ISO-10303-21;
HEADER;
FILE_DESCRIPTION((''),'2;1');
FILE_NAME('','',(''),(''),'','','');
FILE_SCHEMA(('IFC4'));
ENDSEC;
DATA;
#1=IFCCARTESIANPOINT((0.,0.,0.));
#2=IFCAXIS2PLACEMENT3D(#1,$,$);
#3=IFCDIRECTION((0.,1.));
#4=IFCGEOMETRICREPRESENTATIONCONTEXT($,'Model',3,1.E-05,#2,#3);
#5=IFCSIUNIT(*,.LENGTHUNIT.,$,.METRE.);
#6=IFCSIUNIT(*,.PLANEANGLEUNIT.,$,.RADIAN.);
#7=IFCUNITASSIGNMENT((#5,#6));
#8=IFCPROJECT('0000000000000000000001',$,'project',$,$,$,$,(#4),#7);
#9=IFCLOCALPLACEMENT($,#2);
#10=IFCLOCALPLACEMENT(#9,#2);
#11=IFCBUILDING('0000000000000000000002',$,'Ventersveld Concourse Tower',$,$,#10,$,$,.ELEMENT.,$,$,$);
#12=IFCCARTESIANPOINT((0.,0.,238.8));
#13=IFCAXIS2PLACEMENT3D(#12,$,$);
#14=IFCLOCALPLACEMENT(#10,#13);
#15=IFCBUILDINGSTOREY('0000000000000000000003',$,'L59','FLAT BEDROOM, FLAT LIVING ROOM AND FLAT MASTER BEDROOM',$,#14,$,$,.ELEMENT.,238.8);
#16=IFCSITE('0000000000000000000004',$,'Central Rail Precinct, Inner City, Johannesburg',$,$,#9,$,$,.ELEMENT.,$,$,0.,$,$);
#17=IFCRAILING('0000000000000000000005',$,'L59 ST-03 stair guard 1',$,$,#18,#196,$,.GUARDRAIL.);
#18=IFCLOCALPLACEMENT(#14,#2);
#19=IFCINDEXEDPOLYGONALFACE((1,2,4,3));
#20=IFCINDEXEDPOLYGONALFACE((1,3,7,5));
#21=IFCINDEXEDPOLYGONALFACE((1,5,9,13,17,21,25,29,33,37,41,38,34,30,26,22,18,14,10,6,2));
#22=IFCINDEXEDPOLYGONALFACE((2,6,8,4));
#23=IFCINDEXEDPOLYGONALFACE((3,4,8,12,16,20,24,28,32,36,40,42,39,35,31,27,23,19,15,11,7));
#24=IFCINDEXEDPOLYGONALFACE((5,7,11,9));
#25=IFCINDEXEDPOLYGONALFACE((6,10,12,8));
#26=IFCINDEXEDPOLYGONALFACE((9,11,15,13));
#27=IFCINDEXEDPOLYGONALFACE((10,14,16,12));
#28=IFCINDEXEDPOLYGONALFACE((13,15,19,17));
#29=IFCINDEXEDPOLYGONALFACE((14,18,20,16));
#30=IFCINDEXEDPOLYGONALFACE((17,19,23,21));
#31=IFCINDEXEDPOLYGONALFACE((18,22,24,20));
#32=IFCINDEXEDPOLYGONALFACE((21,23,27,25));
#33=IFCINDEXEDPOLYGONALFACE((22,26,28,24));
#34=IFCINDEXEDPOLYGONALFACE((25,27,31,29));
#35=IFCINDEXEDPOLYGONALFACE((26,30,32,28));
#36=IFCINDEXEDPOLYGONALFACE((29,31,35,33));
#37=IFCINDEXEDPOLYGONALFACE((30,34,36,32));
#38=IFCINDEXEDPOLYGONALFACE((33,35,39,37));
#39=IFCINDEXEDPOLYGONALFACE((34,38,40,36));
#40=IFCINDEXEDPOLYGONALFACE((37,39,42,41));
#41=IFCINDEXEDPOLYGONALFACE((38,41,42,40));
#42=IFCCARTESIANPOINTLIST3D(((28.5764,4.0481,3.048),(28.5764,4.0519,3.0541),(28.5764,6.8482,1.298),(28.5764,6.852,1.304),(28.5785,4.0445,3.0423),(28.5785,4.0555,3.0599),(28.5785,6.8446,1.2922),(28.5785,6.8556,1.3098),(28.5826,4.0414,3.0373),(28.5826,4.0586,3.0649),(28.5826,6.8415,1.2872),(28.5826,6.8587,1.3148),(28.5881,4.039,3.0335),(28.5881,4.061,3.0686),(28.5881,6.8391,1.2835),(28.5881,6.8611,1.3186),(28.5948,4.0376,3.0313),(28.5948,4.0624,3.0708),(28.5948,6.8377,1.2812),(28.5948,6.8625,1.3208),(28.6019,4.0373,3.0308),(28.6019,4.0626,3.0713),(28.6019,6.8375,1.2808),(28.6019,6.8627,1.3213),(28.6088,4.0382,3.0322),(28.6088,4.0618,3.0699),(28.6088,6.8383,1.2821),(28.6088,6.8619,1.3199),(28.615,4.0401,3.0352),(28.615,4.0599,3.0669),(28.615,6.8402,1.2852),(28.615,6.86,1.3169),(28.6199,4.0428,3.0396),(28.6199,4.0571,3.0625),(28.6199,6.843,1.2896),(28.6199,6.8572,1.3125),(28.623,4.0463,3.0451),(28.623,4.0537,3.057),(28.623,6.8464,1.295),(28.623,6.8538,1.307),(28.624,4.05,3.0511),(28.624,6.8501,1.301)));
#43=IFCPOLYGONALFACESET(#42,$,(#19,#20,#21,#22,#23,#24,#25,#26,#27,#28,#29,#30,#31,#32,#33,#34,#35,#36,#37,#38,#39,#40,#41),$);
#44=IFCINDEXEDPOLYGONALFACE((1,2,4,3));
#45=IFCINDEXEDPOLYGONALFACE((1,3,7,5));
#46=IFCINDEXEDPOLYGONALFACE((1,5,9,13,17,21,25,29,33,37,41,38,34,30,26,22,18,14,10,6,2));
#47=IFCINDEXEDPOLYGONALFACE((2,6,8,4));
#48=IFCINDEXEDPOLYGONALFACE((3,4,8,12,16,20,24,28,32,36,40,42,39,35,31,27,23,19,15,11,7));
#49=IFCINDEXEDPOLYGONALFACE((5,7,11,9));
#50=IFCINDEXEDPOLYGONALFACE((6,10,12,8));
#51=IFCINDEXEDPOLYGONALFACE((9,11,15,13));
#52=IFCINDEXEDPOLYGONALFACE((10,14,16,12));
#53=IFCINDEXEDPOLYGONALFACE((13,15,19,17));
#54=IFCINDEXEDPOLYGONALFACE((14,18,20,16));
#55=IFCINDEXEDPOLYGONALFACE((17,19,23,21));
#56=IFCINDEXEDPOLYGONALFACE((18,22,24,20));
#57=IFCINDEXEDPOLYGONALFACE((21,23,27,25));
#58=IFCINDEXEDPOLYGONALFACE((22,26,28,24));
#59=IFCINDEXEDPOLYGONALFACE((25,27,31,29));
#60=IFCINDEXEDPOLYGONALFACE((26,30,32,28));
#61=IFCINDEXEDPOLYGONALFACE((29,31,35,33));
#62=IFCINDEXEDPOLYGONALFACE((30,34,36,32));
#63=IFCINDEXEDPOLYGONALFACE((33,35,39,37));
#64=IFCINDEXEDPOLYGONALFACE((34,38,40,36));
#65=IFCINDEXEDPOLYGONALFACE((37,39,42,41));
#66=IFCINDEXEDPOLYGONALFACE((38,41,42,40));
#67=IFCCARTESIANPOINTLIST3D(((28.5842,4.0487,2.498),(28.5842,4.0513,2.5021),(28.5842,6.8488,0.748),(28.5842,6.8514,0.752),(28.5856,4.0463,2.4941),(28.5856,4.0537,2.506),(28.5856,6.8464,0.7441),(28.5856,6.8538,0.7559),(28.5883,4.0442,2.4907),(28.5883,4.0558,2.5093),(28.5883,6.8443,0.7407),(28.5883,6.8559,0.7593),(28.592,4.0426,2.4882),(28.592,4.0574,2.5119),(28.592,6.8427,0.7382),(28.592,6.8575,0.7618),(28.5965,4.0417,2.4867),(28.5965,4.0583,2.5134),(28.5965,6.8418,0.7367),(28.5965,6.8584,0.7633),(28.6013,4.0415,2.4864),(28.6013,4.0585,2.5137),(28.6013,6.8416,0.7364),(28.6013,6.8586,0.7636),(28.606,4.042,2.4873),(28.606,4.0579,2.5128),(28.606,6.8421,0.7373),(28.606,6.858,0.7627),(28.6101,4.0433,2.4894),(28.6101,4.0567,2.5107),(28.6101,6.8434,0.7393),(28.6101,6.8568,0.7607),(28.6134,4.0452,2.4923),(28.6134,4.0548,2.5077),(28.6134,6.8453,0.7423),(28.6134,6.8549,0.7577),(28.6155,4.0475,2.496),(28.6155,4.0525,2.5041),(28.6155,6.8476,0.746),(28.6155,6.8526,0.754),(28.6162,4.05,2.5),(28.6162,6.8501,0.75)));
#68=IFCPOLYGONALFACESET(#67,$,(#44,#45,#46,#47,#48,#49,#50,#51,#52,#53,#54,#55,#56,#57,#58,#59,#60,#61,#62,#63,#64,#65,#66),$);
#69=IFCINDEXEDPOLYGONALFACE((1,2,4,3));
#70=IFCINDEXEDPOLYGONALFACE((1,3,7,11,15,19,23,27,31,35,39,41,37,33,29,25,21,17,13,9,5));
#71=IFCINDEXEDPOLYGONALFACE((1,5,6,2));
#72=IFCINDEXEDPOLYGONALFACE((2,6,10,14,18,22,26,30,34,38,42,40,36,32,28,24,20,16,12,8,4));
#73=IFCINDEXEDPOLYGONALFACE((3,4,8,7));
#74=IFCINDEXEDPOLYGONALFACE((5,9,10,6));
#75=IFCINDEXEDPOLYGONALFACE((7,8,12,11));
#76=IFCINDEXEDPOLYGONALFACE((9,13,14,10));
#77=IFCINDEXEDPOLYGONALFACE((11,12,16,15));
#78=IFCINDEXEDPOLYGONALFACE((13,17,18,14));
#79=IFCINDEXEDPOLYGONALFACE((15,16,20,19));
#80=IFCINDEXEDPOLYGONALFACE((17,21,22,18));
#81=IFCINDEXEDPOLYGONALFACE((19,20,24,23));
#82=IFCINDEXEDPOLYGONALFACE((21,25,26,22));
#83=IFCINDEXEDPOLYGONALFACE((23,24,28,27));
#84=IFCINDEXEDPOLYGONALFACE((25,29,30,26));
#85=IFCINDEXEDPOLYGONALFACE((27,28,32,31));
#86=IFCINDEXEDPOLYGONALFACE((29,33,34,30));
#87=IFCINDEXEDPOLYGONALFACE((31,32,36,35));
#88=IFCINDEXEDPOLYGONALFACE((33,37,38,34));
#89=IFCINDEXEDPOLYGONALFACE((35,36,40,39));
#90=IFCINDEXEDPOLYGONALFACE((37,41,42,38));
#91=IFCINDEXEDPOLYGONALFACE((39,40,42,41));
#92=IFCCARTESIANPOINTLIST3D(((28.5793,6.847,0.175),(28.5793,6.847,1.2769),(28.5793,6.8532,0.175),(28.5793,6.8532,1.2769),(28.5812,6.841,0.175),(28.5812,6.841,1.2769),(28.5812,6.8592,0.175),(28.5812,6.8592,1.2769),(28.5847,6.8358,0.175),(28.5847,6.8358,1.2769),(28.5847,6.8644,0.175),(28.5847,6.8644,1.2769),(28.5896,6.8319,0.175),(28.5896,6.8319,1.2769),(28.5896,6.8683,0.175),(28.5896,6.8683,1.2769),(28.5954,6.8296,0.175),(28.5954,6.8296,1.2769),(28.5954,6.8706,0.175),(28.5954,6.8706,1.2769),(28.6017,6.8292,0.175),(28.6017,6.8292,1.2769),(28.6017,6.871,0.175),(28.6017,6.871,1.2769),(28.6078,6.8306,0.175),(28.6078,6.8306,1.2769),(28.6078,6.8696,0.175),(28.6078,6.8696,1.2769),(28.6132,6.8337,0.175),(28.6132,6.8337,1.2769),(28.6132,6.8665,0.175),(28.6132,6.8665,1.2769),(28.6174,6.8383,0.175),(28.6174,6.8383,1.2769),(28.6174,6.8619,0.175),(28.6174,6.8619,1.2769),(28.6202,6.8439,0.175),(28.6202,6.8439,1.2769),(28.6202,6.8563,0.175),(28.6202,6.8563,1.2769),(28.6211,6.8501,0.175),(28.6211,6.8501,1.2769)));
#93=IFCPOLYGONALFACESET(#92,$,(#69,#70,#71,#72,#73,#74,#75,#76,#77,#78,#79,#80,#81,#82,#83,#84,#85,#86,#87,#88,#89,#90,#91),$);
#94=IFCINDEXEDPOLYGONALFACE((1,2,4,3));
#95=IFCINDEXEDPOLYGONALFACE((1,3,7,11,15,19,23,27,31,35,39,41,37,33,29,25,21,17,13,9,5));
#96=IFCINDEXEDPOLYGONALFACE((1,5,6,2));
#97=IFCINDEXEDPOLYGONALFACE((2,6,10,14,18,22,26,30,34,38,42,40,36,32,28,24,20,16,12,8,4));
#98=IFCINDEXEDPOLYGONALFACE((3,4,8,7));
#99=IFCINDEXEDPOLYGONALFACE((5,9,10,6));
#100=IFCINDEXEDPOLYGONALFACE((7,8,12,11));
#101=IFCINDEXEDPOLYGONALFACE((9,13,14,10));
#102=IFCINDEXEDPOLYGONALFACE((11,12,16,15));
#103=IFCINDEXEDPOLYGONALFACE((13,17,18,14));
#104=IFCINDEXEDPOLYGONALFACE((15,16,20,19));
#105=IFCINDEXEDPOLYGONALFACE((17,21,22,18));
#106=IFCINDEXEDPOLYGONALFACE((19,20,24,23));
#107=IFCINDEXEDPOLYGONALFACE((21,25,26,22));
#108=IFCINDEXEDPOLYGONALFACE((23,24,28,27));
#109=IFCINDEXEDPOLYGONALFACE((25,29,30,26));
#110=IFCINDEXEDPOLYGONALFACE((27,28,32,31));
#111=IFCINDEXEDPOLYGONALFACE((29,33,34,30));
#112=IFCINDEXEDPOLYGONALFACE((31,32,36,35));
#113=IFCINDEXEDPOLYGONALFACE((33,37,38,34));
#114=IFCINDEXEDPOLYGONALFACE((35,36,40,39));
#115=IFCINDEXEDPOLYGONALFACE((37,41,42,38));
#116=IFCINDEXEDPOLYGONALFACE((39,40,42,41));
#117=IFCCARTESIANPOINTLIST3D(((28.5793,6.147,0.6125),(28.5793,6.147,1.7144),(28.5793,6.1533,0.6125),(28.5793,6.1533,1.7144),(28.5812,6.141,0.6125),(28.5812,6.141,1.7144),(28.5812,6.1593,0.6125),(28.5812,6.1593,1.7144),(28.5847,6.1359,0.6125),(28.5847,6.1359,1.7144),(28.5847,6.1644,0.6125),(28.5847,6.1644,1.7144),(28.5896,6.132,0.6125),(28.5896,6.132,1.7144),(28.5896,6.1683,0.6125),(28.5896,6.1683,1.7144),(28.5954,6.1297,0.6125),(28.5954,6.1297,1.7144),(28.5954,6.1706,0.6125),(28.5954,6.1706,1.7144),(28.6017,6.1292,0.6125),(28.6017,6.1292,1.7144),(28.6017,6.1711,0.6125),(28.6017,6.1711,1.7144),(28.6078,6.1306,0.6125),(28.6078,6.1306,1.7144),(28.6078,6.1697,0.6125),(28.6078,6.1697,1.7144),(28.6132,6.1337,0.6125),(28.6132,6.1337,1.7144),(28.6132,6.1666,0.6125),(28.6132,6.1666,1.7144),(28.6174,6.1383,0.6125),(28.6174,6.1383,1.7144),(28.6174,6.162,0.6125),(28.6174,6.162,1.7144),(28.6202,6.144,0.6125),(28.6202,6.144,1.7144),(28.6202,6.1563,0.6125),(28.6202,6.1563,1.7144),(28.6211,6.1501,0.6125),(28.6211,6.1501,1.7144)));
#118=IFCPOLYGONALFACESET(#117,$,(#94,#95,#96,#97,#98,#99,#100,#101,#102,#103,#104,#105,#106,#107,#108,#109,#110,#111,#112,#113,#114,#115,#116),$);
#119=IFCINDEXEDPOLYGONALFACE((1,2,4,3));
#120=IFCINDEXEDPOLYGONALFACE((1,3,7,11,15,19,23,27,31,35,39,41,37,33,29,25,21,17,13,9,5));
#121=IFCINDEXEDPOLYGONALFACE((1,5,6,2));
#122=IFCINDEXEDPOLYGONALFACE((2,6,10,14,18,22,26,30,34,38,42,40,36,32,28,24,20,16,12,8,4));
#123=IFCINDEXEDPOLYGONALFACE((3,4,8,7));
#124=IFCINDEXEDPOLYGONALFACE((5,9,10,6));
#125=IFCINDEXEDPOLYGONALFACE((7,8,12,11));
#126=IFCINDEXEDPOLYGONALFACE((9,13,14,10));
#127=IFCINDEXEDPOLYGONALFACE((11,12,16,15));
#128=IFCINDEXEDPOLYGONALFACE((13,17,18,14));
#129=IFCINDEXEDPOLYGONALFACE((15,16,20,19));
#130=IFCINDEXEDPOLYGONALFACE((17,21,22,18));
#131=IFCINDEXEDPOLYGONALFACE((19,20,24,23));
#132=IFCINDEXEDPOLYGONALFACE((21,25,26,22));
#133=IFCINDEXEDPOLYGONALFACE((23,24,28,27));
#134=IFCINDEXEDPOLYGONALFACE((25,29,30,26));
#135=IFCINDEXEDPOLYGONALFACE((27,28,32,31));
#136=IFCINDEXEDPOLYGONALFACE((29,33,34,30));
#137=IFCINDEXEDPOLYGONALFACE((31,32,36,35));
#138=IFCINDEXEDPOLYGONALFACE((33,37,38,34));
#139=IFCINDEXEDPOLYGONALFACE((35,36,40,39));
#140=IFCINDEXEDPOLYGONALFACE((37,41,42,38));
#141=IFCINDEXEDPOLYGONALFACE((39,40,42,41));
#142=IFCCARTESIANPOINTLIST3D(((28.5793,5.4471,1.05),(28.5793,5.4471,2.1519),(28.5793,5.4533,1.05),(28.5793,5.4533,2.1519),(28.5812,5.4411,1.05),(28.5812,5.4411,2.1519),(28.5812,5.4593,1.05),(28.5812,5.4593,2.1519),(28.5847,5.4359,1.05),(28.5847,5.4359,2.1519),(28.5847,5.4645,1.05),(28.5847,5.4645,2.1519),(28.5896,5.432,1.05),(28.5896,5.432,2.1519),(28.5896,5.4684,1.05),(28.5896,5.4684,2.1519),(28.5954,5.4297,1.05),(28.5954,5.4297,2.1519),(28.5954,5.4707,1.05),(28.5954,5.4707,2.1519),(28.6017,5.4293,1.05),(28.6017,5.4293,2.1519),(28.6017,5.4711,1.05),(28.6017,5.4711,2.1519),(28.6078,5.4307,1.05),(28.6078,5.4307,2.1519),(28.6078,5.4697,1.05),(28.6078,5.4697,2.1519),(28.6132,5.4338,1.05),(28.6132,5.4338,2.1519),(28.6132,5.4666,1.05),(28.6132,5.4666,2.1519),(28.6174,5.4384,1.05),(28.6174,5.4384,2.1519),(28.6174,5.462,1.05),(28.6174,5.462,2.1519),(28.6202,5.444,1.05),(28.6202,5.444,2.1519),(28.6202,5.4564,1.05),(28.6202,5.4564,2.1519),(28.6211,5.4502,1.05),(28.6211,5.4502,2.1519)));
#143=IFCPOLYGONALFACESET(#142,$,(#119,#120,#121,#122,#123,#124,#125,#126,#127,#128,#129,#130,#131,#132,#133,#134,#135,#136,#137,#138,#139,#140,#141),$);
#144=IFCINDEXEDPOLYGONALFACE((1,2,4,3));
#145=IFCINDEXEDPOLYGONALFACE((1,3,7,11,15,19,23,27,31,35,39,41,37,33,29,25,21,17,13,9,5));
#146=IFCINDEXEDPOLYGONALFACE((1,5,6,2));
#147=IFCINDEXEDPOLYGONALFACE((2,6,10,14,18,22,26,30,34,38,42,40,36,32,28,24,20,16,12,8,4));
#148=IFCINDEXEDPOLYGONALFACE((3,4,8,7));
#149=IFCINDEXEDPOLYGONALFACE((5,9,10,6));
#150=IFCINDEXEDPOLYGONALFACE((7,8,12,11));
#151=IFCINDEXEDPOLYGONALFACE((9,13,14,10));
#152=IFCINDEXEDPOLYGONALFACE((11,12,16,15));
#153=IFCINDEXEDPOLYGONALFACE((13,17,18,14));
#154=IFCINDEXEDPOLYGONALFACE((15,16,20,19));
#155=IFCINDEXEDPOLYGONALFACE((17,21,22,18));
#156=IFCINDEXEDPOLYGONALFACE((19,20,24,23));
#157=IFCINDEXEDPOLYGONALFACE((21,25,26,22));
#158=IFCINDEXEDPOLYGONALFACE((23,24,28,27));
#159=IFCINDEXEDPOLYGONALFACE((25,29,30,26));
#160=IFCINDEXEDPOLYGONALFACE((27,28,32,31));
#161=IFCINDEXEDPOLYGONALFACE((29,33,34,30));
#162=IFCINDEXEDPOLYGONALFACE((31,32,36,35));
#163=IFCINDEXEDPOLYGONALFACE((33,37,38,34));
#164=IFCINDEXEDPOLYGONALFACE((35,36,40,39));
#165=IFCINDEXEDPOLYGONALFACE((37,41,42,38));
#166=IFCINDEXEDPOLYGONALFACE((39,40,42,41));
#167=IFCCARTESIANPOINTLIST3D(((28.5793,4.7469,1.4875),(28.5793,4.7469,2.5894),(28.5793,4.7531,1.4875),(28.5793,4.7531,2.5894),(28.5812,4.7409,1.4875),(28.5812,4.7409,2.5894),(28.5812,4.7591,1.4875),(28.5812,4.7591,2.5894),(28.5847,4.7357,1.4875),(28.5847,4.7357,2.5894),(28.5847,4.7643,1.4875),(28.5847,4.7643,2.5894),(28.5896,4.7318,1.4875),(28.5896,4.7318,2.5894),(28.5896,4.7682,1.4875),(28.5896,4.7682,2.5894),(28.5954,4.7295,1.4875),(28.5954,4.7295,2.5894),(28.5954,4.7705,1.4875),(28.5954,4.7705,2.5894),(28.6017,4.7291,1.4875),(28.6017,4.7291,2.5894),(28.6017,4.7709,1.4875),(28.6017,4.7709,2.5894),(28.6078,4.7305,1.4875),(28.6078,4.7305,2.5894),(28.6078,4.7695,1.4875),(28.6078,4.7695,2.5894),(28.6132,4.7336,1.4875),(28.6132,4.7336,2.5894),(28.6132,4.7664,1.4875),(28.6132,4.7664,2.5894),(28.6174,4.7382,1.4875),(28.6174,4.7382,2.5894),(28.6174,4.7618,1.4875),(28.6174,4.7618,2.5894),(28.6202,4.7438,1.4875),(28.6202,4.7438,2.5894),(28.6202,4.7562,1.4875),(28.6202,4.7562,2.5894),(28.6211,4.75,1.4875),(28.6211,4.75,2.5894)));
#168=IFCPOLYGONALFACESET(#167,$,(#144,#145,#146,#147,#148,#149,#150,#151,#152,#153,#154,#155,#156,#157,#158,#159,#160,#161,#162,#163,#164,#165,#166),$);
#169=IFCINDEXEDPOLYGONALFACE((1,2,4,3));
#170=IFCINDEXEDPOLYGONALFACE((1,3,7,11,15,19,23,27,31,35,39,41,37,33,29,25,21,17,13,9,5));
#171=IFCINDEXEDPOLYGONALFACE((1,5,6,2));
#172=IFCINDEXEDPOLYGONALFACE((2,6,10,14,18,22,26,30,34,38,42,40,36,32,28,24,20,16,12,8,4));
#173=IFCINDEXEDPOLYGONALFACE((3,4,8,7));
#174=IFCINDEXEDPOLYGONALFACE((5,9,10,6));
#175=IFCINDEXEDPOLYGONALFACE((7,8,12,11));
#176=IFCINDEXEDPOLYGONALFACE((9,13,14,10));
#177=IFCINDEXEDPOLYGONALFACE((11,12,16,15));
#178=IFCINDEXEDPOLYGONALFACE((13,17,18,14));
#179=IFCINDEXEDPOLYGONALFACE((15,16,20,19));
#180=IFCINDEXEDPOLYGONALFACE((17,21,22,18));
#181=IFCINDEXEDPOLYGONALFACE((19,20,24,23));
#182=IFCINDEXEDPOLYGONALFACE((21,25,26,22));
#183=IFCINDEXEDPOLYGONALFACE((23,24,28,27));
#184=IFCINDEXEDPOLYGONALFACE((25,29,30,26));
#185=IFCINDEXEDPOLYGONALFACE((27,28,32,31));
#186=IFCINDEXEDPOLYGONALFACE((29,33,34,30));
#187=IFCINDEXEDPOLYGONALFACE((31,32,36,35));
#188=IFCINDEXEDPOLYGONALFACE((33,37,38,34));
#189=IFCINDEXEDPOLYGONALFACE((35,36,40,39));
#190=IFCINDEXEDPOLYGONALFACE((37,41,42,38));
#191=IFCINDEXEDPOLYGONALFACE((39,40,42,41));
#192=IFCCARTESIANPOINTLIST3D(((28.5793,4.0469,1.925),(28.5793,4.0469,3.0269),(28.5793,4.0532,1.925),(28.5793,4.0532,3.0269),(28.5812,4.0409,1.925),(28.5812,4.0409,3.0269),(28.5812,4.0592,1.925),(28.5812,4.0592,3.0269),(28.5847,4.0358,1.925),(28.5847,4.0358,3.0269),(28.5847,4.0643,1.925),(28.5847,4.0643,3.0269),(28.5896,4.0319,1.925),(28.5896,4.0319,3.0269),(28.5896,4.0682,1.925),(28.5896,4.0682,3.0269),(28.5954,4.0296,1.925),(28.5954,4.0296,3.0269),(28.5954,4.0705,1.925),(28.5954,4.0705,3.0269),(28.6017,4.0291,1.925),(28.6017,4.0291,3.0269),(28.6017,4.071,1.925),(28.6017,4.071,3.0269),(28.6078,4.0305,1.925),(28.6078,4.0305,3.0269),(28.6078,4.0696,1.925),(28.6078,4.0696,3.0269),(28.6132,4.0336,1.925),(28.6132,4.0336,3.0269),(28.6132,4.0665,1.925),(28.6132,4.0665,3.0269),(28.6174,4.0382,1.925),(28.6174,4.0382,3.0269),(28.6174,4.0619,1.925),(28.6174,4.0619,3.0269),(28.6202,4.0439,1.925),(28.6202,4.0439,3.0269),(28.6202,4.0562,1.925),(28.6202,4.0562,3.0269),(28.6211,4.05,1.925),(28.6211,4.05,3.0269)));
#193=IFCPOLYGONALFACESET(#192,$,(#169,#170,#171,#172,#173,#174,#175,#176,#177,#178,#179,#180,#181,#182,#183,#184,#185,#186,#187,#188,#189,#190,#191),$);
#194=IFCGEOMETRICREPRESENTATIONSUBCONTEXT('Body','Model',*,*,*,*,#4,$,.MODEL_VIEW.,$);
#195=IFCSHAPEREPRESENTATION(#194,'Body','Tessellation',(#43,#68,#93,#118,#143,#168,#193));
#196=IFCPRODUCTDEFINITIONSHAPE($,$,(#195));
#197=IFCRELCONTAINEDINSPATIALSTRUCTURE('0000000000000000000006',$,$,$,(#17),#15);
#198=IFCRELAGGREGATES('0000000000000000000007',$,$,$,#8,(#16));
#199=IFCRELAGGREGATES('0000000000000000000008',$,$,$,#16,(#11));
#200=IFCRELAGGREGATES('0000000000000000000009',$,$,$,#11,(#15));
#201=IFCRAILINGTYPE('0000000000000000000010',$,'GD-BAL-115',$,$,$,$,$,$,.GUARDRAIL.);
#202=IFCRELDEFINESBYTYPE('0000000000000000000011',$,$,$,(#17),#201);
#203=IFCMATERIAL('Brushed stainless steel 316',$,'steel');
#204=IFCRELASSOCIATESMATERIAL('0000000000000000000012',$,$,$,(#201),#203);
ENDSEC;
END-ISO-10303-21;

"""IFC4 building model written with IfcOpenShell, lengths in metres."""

from ifc_helpers import new_model, si_unit, direction, frame, origin, origin_2d, place, context, subcontext, project, spatial, circle, extrude, material, type_object, element, save


model = new_model("IFC4")

# Units and contexts
model_context = context("Model", 3, precision=1e-05, world=origin(), true_north=direction((0.0, 1.0)))
body_context = subcontext(model_context, "Body", "Model", "MODEL_VIEW")
ifc_project = project(units=[si_unit("LENGTHUNIT", "METRE"), si_unit("PLANEANGLEUNIT", "RADIAN")], contexts=[model_context])

# Site, building, storey
site_placement = place(None, origin())
site = spatial("IfcSite", under=ifc_project, at=site_placement, Name="Central Rail Precinct, Inner City, Johannesburg", CompositionType="ELEMENT", RefElevation=0.0)
building_placement = place(site_placement, origin())
building = spatial("IfcBuilding", under=site, at=building_placement, Name="Ventersveld Concourse Tower", CompositionType="ELEMENT")
storey_placement = place(building_placement, frame((0.0, 0.0, 238.8)))
storey = spatial("IfcBuildingStorey", under=building, at=storey_placement, Name="L59", Description="FLAT BEDROOM, FLAT LIVING ROOM AND FLAT MASTER BEDROOM", CompositionType="ELEMENT", Elevation=238.8)

# Shared definitions
ifc_material_1 = material(Name="Brushed stainless steel 316", Category="steel")

# Railing
railing_type_1 = type_object("IfcRailingType", Name="GD-BAL-115", PredefinedType="GUARDRAIL", material=ifc_material_1)
railing_1_placement = place(storey_placement, frame((28.6001, 6.8501, 0.175)))
element("IfcRailing", 1, at=railing_1_placement, inside=storey, type_object=railing_type_1, Name="L59 ST-03 stair guard 1", PredefinedType="GUARDRAIL", context=body_context, shape_type="SweptSolid", body=[
    extrude(circle(Radius=0.0239, at=origin_2d()), frame((0.0, 0.0, 1.126), z_axis=(0.0, -0.848002, 0.529992), x_axis=(1.0, 0.0, 0.0)), (0.0, 0.0, 1.0), 3.302),
    extrude(circle(Radius=0.0161, at=origin_2d()), frame((0.0, 0.0, 0.575), z_axis=(0.0, -0.848002, 0.529992), x_axis=(1.0, 0.0, 0.0)), (0.0, 0.0, 1.0), 3.302),
    extrude(circle(Radius=0.021, at=origin_2d()), origin(), (0.0, 0.0, 1.0), 1.1018),
    extrude(circle(Radius=0.021, at=origin_2d()), frame((0.0, -0.7, 0.4375)), (0.0, 0.0, 1.0), 1.1018),
    extrude(circle(Radius=0.021, at=origin_2d()), frame((0.0, -1.3999, 0.875)), (0.0, 0.0, 1.0), 1.1018),
    extrude(circle(Radius=0.021, at=origin_2d()), frame((0.0, -2.1001, 1.3125)), (0.0, 0.0, 1.0), 1.1018),
    extrude(circle(Radius=0.021, at=origin_2d()), frame((0.0, -2.8, 1.75)), (0.0, 0.0, 1.0), 1.1018),
])

save(model, "model.ifc")
